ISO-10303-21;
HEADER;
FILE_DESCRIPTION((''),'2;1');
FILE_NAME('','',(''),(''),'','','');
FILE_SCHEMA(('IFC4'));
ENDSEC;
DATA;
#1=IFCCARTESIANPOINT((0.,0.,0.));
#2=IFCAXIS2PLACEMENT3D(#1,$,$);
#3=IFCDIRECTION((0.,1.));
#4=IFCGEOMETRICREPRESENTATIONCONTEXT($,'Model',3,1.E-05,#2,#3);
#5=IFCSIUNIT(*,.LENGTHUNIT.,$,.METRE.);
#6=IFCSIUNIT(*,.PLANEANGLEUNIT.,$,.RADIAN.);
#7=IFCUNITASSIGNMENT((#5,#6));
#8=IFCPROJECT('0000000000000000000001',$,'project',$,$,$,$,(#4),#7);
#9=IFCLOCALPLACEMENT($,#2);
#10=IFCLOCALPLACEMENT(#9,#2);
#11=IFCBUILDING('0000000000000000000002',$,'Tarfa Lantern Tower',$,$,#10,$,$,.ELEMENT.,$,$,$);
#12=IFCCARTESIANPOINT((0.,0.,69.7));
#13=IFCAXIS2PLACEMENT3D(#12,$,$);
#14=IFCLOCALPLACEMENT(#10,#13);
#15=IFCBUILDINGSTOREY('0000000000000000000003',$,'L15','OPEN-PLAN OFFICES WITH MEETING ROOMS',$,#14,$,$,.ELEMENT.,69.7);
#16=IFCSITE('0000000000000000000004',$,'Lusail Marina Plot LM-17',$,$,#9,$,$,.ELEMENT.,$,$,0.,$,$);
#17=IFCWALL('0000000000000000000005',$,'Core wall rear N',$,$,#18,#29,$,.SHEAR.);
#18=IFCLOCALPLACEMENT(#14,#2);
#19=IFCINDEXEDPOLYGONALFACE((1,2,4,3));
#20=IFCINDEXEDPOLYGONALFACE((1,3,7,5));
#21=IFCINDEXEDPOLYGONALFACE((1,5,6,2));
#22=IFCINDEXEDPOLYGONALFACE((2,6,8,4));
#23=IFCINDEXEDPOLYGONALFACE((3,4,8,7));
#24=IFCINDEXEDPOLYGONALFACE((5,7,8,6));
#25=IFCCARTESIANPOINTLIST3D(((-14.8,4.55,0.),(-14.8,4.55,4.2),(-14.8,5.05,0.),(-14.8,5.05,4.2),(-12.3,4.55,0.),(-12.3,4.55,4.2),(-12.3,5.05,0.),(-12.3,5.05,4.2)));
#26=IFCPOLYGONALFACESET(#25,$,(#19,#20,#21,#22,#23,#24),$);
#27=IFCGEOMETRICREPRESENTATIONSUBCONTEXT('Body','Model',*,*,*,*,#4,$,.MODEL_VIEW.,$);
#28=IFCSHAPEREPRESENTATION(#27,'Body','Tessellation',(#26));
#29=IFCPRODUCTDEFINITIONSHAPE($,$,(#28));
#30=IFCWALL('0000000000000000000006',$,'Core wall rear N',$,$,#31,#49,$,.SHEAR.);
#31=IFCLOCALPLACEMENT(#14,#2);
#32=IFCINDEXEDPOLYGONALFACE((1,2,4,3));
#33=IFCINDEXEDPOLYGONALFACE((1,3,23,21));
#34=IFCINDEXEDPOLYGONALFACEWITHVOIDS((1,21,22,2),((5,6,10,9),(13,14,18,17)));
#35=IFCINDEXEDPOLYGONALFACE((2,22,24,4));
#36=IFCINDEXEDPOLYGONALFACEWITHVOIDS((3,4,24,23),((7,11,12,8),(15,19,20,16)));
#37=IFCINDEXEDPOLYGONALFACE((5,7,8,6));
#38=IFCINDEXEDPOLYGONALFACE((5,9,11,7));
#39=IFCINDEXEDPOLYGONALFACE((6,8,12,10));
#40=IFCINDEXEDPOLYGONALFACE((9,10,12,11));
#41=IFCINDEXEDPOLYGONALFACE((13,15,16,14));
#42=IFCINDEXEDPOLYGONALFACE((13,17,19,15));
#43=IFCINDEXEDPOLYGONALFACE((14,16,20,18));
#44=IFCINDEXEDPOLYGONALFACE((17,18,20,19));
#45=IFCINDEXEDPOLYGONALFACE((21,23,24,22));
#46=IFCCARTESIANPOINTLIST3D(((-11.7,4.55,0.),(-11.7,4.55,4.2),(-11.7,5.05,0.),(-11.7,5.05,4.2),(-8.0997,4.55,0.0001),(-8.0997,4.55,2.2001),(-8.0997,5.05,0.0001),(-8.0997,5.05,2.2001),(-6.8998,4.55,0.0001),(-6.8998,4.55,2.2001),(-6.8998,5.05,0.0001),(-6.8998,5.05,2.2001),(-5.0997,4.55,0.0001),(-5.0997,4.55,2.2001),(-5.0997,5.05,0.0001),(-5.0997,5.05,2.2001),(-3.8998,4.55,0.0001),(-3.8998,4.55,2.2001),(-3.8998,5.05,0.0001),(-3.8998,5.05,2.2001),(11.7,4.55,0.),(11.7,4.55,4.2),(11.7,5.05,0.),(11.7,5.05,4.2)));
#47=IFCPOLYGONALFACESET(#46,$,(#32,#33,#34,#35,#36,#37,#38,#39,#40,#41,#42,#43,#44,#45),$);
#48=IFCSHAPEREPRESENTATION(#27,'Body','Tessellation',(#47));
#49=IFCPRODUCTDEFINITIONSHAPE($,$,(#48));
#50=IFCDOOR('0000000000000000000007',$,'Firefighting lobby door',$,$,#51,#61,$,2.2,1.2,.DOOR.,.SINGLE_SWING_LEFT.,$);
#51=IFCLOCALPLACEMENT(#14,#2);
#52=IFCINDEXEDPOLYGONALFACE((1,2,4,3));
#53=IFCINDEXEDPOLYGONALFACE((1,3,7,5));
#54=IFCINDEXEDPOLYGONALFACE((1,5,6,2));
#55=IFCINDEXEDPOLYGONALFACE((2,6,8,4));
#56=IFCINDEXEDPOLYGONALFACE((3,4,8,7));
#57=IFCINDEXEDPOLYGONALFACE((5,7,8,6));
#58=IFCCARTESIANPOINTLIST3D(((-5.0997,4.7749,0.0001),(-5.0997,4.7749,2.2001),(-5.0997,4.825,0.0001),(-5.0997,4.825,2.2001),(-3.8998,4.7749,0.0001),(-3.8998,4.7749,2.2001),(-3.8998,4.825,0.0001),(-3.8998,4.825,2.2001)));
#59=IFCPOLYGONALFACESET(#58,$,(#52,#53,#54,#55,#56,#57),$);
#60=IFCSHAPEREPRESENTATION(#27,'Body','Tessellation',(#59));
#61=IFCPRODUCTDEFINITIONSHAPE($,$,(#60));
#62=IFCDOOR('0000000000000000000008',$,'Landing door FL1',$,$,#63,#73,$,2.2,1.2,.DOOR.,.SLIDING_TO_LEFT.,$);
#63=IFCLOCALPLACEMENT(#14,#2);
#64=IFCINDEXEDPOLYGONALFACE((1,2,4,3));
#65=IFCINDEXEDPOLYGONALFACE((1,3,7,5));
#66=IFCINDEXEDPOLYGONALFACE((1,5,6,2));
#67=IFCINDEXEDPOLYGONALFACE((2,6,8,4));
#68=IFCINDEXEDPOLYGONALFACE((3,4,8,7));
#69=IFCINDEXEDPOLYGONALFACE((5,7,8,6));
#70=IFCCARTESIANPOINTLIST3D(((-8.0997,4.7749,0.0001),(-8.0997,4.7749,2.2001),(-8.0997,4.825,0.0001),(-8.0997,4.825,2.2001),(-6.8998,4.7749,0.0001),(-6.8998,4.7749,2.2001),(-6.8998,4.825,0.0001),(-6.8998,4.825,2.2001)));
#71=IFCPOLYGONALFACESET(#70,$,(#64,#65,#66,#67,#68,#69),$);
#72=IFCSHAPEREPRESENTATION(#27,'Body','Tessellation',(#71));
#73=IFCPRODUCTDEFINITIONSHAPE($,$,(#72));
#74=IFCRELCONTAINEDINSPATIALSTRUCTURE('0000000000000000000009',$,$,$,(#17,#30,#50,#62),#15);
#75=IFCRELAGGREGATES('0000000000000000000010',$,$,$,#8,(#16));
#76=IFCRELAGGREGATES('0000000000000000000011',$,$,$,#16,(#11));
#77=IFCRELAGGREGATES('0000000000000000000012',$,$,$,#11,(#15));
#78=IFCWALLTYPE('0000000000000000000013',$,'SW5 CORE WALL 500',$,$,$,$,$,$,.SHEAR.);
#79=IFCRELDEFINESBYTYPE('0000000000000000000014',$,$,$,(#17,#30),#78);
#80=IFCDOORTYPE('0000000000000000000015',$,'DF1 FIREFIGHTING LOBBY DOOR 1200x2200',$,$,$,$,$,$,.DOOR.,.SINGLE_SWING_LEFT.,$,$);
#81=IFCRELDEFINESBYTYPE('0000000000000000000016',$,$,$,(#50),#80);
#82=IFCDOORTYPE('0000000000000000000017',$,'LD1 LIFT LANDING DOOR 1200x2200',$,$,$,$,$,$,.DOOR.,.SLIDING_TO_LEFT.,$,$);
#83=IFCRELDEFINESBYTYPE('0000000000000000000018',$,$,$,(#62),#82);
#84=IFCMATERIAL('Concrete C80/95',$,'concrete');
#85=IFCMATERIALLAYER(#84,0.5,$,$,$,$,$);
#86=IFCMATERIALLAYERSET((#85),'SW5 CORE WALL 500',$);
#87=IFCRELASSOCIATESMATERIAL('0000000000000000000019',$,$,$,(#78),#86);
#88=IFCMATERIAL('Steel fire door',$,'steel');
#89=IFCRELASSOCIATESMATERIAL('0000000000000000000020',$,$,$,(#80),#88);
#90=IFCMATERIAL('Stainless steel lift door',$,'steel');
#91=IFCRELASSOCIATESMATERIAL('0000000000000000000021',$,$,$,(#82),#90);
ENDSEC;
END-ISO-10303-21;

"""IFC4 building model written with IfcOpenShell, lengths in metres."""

from ifc_helpers import new_model, si_unit, direction, frame, frame_2d, origin, place, context, subcontext, project, spatial, rectangle, extrude, material, layer, layer_set, type_object, element, fill, save


model = new_model("IFC4")

# Units and contexts
model_context = context("Model", 3, precision=1e-05, world=origin(), true_north=direction((0.0, 1.0)))
body_context = subcontext(model_context, "Body", "Model", "MODEL_VIEW")
ifc_project = project(units=[si_unit("LENGTHUNIT", "METRE"), si_unit("PLANEANGLEUNIT", "RADIAN")], contexts=[model_context])

# Site, building, storey
site_placement = place(None, origin())
site = spatial("IfcSite", under=ifc_project, at=site_placement, Name="Lusail Marina Plot LM-17", CompositionType="ELEMENT", RefElevation=0.0)
building_placement = place(site_placement, origin())
building = spatial("IfcBuilding", under=site, at=building_placement, Name="Tarfa Lantern Tower", CompositionType="ELEMENT")
storey_placement = place(building_placement, frame((0.0, 0.0, 69.7)))
storey = spatial("IfcBuildingStorey", under=building, at=storey_placement, Name="L15", Description="OPEN-PLAN OFFICES WITH MEETING ROOMS", CompositionType="ELEMENT", Elevation=69.7)

# Shared definitions
ifc_material_1 = material(Name="Concrete C80/95", Category="concrete")
ifc_material_2 = material(Name="Steel fire door", Category="steel")

# Wall
ifc_layer_1 = layer(ifc_material_1, 0.5)
ifc_layer_set_1 = layer_set([ifc_layer_1], Name="SW5 CORE WALL 500")
wall_type_1 = type_object("IfcWallType", Name="SW5 CORE WALL 500", PredefinedType="SHEAR", material=ifc_layer_set_1)
wall_1_placement = place(storey_placement, frame((-14.8, 4.8, 0.0), z_axis=(0.0, 0.0, 1.0), x_axis=(1.0, 0.0, 0.0)))
element("IfcWall", 1, at=wall_1_placement, inside=storey, type_object=wall_type_1, Name="Core wall rear N", PredefinedType="SHEAR", context=body_context, shape_type="SweptSolid", body=[
    extrude(rectangle(XDim=2.5, YDim=0.5, at=frame_2d((1.25, 0.0))), origin(), (0.0, 0.0, 1.0), 4.2),
])

# Wall, openings, doors
wall_2_placement = place(storey_placement, frame((-11.7, 4.8, 0.0), z_axis=(0.0, 0.0, 1.0), x_axis=(1.0, 0.0, 0.0)))
wall_2 = element("IfcWall", 2, at=wall_2_placement, inside=storey, type_object=wall_type_1, Name="Core wall rear N", PredefinedType="SHEAR", context=body_context, shape_type="SweptSolid", body=[
    extrude(rectangle(XDim=23.3999, YDim=0.5, at=frame_2d((11.7, 0.0))), origin(), (0.0, 0.0, 1.0), 4.2),
])
opening_1_placement = place(wall_2_placement, frame((6.6001, 0.0, 0.0)))
opening_1 = element("IfcOpeningElement", 3, at=opening_1_placement, cuts=wall_2, PredefinedType="OPENING", context=body_context, shape_type="SweptSolid", body=[
    extrude(rectangle(XDim=1.2, YDim=2.2, at=frame_2d((0.6001, 1.1001))), frame((0.0, 0.26, 0.0), z_axis=(0.0, -1.0, 0.0), x_axis=(1.0, 0.0, 0.0)), (0.0, 0.0, 1.0), 0.52),
])
opening_2_placement = place(wall_2_placement, frame((3.6001, 0.0, 0.0)))
opening_2 = element("IfcOpeningElement", 4, at=opening_2_placement, cuts=wall_2, PredefinedType="OPENING", context=body_context, shape_type="SweptSolid", body=[
    extrude(rectangle(XDim=1.2, YDim=2.2, at=frame_2d((0.6001, 1.1001))), frame((0.0, 0.26, 0.0), z_axis=(0.0, -1.0, 0.0), x_axis=(1.0, 0.0, 0.0)), (0.0, 0.0, 1.0), 0.52),
])
door_type_1 = type_object("IfcDoorType", Name="DF1 FIREFIGHTING LOBBY DOOR 1200x2200", OperationType="SINGLE_SWING_LEFT", PredefinedType="DOOR", material=ifc_material_2)
door_1_placement = place(opening_1_placement, origin())
door_1 = element("IfcDoor", 5, at=door_1_placement, inside=storey, type_object=door_type_1, Name="Firefighting lobby door", OperationType="SINGLE_SWING_LEFT", OverallHeight=2.2, OverallWidth=1.2, PredefinedType="DOOR", context=body_context, shape_type="SweptSolid", body=[
    extrude(rectangle(XDim=1.2, YDim=2.2, at=frame_2d((0.6001, 1.1001))), frame((0.0, 0.0249, 0.0), z_axis=(0.0, -1.0, 0.0), x_axis=(1.0, 0.0, 0.0)), (0.0, 0.0, 1.0), 0.05),
])
fill(opening_1, door_1)
ifc_material_3 = material(Name="Stainless steel lift door", Category="steel")
door_type_2 = type_object("IfcDoorType", Name="LD1 LIFT LANDING DOOR 1200x2200", OperationType="SLIDING_TO_LEFT", PredefinedType="DOOR", material=ifc_material_3)
door_2_placement = place(opening_2_placement, origin())
door_2 = element("IfcDoor", 6, at=door_2_placement, inside=storey, type_object=door_type_2, Name="Landing door FL1", OperationType="SLIDING_TO_LEFT", OverallHeight=2.2, OverallWidth=1.2, PredefinedType="DOOR", context=body_context, shape_type="SweptSolid", body=[
    extrude(rectangle(XDim=1.2, YDim=2.2, at=frame_2d((0.6001, 1.1001))), frame((0.0, 0.0249, 0.0), z_axis=(0.0, -1.0, 0.0), x_axis=(1.0, 0.0, 0.0)), (0.0, 0.0, 1.0), 0.05),
])
fill(opening_2, door_2)

save(model, "model.ifc")
